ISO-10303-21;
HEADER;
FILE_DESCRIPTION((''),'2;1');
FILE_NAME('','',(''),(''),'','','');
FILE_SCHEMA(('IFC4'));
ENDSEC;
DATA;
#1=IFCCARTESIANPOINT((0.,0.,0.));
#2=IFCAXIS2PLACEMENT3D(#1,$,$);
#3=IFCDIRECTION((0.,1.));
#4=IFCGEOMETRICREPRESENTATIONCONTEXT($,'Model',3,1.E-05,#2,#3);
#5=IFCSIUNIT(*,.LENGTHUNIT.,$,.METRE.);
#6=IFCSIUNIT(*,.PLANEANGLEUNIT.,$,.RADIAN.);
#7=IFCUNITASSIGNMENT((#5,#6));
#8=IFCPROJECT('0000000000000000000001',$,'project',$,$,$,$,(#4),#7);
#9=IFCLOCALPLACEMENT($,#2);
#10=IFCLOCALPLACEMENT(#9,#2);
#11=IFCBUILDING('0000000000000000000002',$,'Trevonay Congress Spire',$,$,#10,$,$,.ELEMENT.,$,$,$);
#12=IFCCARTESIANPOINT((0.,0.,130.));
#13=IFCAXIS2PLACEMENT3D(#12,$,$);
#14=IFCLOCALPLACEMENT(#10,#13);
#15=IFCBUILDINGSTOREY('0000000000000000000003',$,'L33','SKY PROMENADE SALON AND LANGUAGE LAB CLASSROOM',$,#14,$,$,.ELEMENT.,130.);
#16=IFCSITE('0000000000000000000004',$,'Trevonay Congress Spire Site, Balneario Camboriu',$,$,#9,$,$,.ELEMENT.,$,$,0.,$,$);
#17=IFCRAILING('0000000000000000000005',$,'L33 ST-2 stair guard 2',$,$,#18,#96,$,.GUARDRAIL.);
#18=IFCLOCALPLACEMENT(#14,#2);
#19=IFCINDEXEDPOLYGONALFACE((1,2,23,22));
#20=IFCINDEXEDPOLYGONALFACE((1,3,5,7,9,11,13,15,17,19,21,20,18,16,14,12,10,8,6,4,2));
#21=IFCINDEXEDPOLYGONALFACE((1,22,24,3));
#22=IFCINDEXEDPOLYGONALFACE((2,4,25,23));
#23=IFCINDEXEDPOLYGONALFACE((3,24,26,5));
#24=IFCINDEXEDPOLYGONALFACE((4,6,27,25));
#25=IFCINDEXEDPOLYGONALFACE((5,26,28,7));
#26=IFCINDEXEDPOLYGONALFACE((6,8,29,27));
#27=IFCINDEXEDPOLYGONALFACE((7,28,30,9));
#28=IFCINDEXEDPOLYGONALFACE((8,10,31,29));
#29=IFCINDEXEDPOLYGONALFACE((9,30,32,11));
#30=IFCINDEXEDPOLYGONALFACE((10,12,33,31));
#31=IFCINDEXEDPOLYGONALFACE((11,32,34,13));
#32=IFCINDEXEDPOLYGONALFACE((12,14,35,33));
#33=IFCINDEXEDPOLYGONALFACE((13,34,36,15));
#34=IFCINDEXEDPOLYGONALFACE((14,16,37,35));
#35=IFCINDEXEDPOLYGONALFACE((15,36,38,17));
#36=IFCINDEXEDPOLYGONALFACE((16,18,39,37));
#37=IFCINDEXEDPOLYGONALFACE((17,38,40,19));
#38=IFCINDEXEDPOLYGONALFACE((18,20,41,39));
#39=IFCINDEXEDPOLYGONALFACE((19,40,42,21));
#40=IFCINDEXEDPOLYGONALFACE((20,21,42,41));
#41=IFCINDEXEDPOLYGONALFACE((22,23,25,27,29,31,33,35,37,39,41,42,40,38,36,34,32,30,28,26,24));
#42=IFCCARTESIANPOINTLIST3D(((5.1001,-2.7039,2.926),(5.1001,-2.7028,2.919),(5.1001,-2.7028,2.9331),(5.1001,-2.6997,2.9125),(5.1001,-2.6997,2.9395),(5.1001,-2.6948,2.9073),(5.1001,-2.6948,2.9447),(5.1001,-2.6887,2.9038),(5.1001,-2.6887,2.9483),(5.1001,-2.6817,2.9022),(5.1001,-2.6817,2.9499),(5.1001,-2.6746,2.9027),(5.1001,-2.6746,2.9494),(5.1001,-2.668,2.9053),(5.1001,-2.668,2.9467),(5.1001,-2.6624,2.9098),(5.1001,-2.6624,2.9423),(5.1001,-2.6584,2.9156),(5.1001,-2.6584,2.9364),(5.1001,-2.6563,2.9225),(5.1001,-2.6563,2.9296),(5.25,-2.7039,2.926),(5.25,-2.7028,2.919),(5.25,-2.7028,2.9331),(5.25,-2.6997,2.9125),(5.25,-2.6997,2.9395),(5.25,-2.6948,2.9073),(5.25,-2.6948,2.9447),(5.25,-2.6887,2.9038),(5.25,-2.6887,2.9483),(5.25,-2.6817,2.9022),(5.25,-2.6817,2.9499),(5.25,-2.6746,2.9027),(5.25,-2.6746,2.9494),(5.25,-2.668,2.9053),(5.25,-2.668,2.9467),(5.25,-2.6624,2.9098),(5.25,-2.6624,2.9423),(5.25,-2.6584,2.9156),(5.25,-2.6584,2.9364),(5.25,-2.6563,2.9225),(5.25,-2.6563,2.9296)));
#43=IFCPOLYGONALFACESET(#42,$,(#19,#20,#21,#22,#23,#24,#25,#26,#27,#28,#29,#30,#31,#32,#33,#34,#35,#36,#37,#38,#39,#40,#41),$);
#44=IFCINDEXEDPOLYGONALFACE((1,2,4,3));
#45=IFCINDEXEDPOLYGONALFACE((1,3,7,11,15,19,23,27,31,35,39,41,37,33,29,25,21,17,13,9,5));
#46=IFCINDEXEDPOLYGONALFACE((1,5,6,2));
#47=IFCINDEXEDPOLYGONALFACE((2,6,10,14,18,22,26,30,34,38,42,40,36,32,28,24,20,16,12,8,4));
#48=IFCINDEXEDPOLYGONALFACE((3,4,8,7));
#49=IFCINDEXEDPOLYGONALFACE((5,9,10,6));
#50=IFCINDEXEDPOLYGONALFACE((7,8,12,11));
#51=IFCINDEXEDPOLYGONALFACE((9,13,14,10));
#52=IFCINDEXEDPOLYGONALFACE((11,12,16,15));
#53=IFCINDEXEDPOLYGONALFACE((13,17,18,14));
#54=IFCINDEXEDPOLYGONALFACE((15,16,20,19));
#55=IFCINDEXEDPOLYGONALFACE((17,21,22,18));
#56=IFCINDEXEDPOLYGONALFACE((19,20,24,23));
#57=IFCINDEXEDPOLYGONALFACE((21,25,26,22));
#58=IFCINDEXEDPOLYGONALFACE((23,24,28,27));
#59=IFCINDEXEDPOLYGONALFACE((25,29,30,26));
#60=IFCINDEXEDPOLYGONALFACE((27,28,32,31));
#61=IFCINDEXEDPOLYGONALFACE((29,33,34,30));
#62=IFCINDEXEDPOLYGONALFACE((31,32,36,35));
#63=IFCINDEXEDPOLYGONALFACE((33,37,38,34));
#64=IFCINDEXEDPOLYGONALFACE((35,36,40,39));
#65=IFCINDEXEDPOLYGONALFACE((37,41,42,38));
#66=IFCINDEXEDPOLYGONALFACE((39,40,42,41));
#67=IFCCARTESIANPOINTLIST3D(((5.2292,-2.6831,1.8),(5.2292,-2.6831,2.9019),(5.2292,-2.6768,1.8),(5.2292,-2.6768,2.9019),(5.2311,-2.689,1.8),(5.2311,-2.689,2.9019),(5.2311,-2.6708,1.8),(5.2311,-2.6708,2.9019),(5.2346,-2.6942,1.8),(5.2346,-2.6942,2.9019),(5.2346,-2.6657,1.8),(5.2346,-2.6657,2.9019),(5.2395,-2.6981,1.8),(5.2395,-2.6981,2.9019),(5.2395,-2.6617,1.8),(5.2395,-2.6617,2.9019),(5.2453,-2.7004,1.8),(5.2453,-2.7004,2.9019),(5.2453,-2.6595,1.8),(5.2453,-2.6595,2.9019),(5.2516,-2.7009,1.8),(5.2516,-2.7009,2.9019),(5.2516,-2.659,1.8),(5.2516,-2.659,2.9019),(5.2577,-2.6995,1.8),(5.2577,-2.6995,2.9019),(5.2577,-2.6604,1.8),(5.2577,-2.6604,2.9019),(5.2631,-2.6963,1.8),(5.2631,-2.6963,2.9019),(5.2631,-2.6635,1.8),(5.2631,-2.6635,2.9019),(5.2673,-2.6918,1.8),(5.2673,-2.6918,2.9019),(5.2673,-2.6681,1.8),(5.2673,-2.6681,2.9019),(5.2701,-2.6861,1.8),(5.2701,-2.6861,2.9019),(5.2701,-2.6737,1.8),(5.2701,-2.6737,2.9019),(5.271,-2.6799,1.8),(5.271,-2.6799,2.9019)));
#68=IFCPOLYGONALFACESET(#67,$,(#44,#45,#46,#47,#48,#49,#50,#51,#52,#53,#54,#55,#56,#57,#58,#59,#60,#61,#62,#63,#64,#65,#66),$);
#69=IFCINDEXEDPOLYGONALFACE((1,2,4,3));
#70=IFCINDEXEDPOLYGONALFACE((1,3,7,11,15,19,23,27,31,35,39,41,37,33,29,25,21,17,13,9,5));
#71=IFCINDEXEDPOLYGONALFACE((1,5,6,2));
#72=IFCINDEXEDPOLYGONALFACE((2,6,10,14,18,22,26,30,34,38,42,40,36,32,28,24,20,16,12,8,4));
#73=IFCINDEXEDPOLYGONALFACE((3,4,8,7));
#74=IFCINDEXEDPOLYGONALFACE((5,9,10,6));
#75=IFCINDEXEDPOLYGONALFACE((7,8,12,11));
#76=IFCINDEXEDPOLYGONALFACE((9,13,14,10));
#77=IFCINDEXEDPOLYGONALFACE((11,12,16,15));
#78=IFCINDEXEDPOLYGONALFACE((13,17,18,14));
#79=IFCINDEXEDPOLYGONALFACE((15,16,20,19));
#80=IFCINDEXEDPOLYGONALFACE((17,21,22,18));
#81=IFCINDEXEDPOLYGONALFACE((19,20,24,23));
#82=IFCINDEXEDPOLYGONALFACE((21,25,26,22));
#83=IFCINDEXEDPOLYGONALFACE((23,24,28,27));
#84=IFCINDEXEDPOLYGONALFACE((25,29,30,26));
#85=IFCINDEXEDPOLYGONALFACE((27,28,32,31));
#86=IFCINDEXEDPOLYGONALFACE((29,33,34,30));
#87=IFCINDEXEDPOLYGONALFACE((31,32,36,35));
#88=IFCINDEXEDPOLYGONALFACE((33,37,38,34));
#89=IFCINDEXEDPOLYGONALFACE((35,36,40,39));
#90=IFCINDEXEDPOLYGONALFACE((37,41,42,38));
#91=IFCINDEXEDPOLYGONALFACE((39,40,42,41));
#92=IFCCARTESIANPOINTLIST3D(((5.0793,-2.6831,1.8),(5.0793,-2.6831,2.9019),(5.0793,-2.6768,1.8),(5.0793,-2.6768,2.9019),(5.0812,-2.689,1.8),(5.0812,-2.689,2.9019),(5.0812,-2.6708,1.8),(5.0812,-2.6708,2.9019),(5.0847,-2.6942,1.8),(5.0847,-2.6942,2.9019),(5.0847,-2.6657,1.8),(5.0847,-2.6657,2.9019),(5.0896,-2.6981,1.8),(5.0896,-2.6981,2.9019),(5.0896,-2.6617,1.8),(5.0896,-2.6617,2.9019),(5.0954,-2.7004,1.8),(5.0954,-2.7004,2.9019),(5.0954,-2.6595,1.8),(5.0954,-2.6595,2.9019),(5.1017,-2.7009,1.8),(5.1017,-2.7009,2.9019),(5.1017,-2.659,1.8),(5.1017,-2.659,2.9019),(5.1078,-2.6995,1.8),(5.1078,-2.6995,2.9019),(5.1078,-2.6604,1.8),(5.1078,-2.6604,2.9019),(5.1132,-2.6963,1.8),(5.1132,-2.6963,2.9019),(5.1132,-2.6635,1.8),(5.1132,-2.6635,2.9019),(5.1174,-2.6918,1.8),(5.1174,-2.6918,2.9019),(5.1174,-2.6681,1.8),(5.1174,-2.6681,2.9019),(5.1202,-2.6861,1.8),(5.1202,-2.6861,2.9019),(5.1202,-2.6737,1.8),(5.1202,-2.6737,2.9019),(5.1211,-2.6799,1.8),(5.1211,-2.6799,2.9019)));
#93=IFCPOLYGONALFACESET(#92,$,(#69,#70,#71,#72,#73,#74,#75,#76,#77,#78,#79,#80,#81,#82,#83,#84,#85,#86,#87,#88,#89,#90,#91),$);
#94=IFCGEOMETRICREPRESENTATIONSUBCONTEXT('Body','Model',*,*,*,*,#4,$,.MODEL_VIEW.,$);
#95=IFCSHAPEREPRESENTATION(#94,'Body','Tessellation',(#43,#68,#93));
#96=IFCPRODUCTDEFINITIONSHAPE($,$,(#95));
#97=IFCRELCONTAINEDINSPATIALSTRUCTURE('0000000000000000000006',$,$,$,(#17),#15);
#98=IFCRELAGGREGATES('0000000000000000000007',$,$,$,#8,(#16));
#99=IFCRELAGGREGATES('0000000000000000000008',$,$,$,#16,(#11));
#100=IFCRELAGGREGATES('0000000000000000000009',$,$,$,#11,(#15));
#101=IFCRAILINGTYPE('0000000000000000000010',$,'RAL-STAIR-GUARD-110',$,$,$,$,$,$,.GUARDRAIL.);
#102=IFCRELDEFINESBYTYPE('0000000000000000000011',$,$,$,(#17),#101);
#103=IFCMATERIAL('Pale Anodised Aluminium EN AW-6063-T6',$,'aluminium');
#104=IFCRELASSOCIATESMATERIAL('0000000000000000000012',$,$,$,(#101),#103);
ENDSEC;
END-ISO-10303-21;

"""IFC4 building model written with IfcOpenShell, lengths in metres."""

from ifc_helpers import new_model, si_unit, direction, frame, origin, origin_2d, place, context, subcontext, project, spatial, circle, extrude, material, type_object, element, save


model = new_model("IFC4")

# Units and contexts
model_context = context("Model", 3, precision=1e-05, world=origin(), true_north=direction((0.0, 1.0)))
body_context = subcontext(model_context, "Body", "Model", "MODEL_VIEW")
ifc_project = project(units=[si_unit("LENGTHUNIT", "METRE"), si_unit("PLANEANGLEUNIT", "RADIAN")], contexts=[model_context])

# Site, building, storey
site_placement = place(None, origin())
site = spatial("IfcSite", under=ifc_project, at=site_placement, Name="Trevonay Congress Spire Site, Balneario Camboriu", CompositionType="ELEMENT", RefElevation=0.0)
building_placement = place(site_placement, origin())
building = spatial("IfcBuilding", under=site, at=building_placement, Name="Trevonay Congress Spire", CompositionType="ELEMENT")
storey_placement = place(building_placement, frame((0.0, 0.0, 130.0)))
storey = spatial("IfcBuildingStorey", under=building, at=storey_placement, Name="L33", Description="SKY PROMENADE SALON AND LANGUAGE LAB CLASSROOM", CompositionType="ELEMENT", Elevation=130.0)

# Shared definitions
ifc_material_1 = material(Name="Pale Anodised Aluminium EN AW-6063-T6", Category="aluminium")

# Railing
railing_type_1 = type_object("IfcRailingType", Name="RAL-STAIR-GUARD-110", PredefinedType="GUARDRAIL", material=ifc_material_1)
railing_1_placement = place(storey_placement, frame((5.25, -2.6799, 1.8)))
element("IfcRailing", 1, at=railing_1_placement, inside=storey, type_object=railing_type_1, Name="L33 ST-2 stair guard 2", PredefinedType="GUARDRAIL", context=body_context, shape_type="SweptSolid", body=[
    extrude(circle(Radius=0.0239, at=origin_2d()), frame((0.0, 0.0, 1.126), z_axis=(-1.0, 0.0, 0.0), x_axis=(0.0, -1.0, 0.0)), (0.0, 0.0, 1.0), 0.1499),
    extrude(circle(Radius=0.021, at=origin_2d()), origin(), (0.0, 0.0, 1.0), 1.1018),
    extrude(circle(Radius=0.021, at=origin_2d()), frame((-0.1499, 0.0, 0.0)), (0.0, 0.0, 1.0), 1.1018),
])

save(model, "model.ifc")
